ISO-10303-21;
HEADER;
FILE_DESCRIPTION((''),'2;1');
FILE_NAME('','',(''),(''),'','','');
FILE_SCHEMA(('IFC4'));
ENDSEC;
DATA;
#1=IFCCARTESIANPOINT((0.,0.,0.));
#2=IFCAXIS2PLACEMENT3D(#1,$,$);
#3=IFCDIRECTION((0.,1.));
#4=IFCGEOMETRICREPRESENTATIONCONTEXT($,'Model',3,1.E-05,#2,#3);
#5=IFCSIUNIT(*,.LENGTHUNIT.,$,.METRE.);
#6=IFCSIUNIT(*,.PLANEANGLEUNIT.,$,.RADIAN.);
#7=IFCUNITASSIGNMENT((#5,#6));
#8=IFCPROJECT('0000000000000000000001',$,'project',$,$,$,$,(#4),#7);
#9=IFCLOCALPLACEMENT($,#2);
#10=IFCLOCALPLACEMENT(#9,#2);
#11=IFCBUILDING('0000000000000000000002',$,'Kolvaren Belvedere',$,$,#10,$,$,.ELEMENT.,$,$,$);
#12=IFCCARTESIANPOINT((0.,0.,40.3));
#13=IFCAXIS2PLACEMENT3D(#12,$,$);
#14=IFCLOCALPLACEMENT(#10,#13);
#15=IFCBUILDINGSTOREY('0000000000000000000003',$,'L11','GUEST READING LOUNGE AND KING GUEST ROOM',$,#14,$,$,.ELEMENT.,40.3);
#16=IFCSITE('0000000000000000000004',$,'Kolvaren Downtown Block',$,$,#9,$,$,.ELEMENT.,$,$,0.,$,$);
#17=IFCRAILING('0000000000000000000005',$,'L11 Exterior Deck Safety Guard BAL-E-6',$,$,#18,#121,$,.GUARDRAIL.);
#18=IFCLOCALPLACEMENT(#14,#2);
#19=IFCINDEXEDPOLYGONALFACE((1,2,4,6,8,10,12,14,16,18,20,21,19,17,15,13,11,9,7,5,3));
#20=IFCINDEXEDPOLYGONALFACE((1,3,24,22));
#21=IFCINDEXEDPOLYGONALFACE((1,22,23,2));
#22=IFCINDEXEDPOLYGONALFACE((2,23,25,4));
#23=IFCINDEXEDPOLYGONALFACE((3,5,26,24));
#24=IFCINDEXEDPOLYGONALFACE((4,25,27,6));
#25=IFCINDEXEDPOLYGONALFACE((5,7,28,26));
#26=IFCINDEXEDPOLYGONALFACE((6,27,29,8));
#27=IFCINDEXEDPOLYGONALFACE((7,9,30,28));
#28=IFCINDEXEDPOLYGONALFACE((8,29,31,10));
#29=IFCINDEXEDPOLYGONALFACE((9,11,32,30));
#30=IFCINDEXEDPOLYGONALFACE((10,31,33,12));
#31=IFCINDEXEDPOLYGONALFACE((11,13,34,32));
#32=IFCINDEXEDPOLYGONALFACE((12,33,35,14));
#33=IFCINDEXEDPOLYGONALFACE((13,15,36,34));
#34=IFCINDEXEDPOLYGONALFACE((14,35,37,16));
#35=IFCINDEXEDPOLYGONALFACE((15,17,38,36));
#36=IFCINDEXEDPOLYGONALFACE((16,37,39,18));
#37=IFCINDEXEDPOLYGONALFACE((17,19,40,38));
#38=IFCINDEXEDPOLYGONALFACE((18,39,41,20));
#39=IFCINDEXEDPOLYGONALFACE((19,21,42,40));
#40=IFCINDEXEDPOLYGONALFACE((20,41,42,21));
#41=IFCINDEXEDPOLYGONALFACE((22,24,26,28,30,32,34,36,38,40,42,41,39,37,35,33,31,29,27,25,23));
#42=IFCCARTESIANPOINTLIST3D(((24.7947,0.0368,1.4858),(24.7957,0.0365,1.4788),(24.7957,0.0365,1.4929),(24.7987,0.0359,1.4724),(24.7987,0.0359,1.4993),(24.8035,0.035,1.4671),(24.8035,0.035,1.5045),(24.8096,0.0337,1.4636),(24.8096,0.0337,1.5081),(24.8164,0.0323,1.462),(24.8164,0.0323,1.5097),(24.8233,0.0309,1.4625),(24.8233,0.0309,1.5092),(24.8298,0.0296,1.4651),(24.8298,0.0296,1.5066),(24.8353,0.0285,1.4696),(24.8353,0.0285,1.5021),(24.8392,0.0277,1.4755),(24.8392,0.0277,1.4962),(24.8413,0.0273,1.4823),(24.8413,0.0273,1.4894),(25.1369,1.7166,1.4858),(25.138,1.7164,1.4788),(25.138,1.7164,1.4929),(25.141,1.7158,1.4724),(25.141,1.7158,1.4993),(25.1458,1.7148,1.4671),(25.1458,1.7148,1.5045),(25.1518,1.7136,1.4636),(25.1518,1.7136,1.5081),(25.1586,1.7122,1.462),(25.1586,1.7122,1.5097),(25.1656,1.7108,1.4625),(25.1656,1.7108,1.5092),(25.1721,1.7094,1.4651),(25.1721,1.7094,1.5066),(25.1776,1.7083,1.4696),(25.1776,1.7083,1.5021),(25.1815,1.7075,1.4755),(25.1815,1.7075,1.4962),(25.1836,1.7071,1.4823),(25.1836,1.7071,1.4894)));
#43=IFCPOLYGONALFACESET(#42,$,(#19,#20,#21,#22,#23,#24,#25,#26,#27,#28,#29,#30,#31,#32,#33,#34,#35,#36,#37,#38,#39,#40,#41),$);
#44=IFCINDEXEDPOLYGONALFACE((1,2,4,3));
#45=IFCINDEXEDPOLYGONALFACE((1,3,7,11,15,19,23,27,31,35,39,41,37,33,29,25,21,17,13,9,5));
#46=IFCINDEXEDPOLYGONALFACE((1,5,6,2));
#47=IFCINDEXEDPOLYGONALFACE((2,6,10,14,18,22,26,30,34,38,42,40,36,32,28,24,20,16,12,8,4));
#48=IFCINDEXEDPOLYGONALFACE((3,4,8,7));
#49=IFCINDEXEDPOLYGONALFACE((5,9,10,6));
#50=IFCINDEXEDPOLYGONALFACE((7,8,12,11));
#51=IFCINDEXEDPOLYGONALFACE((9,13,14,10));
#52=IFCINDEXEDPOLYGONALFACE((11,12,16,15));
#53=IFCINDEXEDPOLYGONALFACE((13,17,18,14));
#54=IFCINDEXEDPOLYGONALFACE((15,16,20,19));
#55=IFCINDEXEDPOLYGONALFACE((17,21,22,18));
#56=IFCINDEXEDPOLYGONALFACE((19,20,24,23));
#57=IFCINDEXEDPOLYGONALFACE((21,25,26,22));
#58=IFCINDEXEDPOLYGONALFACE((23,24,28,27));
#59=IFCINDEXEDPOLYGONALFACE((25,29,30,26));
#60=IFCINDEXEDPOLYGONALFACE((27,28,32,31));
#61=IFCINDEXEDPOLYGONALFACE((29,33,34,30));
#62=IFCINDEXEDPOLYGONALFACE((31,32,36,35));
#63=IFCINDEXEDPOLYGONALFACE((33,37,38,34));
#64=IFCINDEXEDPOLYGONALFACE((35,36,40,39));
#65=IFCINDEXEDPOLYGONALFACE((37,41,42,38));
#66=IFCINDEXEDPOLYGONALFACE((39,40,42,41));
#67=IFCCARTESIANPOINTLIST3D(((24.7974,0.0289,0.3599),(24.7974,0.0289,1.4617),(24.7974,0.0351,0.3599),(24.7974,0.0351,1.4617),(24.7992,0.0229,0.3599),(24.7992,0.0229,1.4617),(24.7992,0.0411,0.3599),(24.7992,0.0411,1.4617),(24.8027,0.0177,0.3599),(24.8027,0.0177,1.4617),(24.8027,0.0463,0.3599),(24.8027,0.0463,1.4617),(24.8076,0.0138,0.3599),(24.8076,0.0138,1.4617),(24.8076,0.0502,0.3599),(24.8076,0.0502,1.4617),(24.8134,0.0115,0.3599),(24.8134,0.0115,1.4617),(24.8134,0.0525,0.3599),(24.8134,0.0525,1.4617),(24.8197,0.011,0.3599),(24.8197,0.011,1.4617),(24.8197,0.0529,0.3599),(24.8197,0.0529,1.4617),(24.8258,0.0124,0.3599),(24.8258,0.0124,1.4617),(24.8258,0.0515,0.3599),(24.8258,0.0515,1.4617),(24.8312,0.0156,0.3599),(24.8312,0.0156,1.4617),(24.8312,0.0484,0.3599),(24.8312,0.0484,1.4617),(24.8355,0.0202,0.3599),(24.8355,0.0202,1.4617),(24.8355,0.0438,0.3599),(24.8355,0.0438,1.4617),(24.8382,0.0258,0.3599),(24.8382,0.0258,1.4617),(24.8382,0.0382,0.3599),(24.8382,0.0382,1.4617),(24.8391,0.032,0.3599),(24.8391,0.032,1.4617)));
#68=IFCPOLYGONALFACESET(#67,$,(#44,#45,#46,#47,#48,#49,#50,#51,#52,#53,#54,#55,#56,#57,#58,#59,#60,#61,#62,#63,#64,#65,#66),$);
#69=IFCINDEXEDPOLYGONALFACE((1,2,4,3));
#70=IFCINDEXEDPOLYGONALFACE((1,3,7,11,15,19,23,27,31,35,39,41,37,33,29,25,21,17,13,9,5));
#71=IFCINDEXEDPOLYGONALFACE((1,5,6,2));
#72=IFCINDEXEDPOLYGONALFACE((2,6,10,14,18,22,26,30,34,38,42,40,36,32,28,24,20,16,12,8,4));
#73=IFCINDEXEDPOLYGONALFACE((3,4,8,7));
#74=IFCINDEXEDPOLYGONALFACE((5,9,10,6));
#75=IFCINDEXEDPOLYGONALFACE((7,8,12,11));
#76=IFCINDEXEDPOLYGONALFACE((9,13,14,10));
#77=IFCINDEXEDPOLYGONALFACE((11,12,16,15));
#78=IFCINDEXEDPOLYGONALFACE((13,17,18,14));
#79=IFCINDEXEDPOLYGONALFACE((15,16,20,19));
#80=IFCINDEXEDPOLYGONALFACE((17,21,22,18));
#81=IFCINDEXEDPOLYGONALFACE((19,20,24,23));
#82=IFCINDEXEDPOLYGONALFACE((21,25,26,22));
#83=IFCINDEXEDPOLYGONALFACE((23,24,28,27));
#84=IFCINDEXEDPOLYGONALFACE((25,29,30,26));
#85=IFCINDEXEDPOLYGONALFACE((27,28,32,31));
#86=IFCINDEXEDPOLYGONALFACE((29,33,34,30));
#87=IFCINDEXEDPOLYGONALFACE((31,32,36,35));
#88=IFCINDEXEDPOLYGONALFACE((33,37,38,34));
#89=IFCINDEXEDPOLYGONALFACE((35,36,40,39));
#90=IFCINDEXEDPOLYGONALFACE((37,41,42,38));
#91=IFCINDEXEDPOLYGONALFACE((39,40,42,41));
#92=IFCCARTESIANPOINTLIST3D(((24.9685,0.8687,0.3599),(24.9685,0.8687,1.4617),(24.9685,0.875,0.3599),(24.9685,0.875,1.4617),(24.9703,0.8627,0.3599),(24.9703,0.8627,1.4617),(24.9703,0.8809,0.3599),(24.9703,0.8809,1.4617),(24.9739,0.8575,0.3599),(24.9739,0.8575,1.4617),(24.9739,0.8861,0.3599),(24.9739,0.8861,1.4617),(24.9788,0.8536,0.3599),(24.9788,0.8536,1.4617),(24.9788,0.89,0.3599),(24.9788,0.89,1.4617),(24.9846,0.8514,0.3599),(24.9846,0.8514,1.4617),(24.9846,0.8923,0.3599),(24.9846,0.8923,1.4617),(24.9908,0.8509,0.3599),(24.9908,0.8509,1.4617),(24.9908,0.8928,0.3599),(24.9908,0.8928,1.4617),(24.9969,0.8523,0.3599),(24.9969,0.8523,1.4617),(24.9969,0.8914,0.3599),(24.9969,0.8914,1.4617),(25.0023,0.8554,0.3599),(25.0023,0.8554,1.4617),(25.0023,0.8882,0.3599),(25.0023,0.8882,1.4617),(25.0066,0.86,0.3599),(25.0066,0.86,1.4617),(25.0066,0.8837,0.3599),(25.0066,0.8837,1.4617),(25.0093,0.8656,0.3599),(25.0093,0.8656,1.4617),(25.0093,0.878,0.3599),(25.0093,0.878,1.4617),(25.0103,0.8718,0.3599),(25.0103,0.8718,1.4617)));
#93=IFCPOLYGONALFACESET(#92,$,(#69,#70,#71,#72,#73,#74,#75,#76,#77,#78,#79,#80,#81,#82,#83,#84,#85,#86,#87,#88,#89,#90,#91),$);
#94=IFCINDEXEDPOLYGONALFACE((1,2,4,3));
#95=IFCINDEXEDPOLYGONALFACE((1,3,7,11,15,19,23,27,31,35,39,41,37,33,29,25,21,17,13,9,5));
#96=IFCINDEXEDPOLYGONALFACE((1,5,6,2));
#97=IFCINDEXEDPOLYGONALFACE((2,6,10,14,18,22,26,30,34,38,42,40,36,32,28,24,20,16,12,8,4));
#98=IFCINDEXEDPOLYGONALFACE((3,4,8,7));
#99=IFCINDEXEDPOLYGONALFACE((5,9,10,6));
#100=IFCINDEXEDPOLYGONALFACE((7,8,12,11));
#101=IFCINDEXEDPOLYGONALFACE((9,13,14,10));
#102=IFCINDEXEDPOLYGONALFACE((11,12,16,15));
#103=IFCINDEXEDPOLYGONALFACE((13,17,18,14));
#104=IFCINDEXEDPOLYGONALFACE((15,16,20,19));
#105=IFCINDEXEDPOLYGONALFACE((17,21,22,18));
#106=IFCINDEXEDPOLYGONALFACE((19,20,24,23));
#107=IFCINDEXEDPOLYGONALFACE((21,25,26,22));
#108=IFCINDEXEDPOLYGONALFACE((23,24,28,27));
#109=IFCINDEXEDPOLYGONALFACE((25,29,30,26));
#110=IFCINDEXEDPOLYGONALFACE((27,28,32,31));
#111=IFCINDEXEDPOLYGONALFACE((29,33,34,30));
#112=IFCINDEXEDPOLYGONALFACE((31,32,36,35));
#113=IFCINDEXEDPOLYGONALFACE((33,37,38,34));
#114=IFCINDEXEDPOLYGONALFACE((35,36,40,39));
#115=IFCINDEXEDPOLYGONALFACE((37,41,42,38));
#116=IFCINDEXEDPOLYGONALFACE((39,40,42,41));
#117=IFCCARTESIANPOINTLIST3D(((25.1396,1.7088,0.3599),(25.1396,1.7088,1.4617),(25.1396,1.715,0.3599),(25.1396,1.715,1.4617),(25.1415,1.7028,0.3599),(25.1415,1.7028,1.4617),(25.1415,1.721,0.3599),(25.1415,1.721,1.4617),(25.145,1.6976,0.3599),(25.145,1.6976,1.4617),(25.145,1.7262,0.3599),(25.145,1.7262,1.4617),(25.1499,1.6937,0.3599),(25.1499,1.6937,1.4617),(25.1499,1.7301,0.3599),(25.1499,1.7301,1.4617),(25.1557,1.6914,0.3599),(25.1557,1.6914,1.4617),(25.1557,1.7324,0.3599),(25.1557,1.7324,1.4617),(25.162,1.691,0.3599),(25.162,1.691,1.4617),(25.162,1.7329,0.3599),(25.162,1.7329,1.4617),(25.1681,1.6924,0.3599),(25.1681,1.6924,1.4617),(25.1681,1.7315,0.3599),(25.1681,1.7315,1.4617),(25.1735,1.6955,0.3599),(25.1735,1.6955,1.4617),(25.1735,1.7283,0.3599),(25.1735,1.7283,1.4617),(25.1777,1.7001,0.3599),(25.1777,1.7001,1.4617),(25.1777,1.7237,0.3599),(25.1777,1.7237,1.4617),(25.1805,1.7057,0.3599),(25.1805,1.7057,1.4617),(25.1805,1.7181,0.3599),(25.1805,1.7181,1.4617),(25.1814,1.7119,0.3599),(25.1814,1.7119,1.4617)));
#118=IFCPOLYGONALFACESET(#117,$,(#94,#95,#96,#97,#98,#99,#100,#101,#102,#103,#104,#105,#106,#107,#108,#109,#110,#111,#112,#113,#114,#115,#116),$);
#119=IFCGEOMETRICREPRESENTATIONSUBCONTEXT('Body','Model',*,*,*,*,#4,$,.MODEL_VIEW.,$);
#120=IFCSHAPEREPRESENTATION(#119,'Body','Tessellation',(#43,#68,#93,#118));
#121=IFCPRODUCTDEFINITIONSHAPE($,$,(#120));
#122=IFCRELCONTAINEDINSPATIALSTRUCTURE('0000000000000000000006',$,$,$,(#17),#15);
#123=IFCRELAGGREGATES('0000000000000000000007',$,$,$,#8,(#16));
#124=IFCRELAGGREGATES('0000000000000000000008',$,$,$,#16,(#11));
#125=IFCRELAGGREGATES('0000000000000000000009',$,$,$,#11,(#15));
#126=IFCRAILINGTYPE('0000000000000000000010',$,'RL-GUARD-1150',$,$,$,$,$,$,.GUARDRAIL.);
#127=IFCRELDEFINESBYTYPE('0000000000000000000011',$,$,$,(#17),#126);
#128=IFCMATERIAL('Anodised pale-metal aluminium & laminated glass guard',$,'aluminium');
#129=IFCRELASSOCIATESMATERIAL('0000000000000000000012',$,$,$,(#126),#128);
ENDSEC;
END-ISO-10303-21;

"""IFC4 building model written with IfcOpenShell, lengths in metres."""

from ifc_helpers import new_model, si_unit, direction, frame, origin, origin_2d, place, context, subcontext, project, spatial, circle, extrude, material, type_object, element, save


model = new_model("IFC4")

# Units and contexts
model_context = context("Model", 3, precision=1e-05, world=origin(), true_north=direction((0.0, 1.0)))
body_context = subcontext(model_context, "Body", "Model", "MODEL_VIEW")
ifc_project = project(units=[si_unit("LENGTHUNIT", "METRE"), si_unit("PLANEANGLEUNIT", "RADIAN")], contexts=[model_context])

# Site, building, storey
site_placement = place(None, origin())
site = spatial("IfcSite", under=ifc_project, at=site_placement, Name="Kolvaren Downtown Block", CompositionType="ELEMENT", RefElevation=0.0)
building_placement = place(site_placement, origin())
building = spatial("IfcBuilding", under=site, at=building_placement, Name="Kolvaren Belvedere", CompositionType="ELEMENT")
storey_placement = place(building_placement, frame((0.0, 0.0, 40.3)))
storey = spatial("IfcBuildingStorey", under=building, at=storey_placement, Name="L11", Description="GUEST READING LOUNGE AND KING GUEST ROOM", CompositionType="ELEMENT", Elevation=40.3)

# Railing
ifc_material_1 = material(Name="Anodised pale-metal aluminium & laminated glass guard", Category="aluminium")
railing_type = type_object("IfcRailingType", Name="RL-GUARD-1150", PredefinedType="GUARDRAIL", material=ifc_material_1)
railing_1_placement = place(storey_placement, frame((24.8181, 0.032, 0.3599)))
element("IfcRailing", 1, at=railing_1_placement, inside=storey, type_object=railing_type, Name="L11 Exterior Deck Safety Guard BAL-E-6", PredefinedType="GUARDRAIL", context=body_context, shape_type="SweptSolid", body=[
    extrude(circle(Radius=0.0239, at=origin_2d()), frame((0.0, 0.0, 1.126), z_axis=(0.199648, 0.979868, 0.0), x_axis=(-0.979868, 0.199648, 0.0)), (0.0, 0.0, 1.0), 1.7144),
    extrude(circle(Radius=0.021, at=origin_2d()), origin(), (0.0, 0.0, 1.0), 1.1018),
    extrude(circle(Radius=0.021, at=origin_2d()), frame((0.1711, 0.8398, 0.0)), (0.0, 0.0, 1.0), 1.1018),
    extrude(circle(Radius=0.021, at=origin_2d()), frame((0.3423, 1.6799, 0.0)), (0.0, 0.0, 1.0), 1.1018),
])

save(model, "model.ifc")
